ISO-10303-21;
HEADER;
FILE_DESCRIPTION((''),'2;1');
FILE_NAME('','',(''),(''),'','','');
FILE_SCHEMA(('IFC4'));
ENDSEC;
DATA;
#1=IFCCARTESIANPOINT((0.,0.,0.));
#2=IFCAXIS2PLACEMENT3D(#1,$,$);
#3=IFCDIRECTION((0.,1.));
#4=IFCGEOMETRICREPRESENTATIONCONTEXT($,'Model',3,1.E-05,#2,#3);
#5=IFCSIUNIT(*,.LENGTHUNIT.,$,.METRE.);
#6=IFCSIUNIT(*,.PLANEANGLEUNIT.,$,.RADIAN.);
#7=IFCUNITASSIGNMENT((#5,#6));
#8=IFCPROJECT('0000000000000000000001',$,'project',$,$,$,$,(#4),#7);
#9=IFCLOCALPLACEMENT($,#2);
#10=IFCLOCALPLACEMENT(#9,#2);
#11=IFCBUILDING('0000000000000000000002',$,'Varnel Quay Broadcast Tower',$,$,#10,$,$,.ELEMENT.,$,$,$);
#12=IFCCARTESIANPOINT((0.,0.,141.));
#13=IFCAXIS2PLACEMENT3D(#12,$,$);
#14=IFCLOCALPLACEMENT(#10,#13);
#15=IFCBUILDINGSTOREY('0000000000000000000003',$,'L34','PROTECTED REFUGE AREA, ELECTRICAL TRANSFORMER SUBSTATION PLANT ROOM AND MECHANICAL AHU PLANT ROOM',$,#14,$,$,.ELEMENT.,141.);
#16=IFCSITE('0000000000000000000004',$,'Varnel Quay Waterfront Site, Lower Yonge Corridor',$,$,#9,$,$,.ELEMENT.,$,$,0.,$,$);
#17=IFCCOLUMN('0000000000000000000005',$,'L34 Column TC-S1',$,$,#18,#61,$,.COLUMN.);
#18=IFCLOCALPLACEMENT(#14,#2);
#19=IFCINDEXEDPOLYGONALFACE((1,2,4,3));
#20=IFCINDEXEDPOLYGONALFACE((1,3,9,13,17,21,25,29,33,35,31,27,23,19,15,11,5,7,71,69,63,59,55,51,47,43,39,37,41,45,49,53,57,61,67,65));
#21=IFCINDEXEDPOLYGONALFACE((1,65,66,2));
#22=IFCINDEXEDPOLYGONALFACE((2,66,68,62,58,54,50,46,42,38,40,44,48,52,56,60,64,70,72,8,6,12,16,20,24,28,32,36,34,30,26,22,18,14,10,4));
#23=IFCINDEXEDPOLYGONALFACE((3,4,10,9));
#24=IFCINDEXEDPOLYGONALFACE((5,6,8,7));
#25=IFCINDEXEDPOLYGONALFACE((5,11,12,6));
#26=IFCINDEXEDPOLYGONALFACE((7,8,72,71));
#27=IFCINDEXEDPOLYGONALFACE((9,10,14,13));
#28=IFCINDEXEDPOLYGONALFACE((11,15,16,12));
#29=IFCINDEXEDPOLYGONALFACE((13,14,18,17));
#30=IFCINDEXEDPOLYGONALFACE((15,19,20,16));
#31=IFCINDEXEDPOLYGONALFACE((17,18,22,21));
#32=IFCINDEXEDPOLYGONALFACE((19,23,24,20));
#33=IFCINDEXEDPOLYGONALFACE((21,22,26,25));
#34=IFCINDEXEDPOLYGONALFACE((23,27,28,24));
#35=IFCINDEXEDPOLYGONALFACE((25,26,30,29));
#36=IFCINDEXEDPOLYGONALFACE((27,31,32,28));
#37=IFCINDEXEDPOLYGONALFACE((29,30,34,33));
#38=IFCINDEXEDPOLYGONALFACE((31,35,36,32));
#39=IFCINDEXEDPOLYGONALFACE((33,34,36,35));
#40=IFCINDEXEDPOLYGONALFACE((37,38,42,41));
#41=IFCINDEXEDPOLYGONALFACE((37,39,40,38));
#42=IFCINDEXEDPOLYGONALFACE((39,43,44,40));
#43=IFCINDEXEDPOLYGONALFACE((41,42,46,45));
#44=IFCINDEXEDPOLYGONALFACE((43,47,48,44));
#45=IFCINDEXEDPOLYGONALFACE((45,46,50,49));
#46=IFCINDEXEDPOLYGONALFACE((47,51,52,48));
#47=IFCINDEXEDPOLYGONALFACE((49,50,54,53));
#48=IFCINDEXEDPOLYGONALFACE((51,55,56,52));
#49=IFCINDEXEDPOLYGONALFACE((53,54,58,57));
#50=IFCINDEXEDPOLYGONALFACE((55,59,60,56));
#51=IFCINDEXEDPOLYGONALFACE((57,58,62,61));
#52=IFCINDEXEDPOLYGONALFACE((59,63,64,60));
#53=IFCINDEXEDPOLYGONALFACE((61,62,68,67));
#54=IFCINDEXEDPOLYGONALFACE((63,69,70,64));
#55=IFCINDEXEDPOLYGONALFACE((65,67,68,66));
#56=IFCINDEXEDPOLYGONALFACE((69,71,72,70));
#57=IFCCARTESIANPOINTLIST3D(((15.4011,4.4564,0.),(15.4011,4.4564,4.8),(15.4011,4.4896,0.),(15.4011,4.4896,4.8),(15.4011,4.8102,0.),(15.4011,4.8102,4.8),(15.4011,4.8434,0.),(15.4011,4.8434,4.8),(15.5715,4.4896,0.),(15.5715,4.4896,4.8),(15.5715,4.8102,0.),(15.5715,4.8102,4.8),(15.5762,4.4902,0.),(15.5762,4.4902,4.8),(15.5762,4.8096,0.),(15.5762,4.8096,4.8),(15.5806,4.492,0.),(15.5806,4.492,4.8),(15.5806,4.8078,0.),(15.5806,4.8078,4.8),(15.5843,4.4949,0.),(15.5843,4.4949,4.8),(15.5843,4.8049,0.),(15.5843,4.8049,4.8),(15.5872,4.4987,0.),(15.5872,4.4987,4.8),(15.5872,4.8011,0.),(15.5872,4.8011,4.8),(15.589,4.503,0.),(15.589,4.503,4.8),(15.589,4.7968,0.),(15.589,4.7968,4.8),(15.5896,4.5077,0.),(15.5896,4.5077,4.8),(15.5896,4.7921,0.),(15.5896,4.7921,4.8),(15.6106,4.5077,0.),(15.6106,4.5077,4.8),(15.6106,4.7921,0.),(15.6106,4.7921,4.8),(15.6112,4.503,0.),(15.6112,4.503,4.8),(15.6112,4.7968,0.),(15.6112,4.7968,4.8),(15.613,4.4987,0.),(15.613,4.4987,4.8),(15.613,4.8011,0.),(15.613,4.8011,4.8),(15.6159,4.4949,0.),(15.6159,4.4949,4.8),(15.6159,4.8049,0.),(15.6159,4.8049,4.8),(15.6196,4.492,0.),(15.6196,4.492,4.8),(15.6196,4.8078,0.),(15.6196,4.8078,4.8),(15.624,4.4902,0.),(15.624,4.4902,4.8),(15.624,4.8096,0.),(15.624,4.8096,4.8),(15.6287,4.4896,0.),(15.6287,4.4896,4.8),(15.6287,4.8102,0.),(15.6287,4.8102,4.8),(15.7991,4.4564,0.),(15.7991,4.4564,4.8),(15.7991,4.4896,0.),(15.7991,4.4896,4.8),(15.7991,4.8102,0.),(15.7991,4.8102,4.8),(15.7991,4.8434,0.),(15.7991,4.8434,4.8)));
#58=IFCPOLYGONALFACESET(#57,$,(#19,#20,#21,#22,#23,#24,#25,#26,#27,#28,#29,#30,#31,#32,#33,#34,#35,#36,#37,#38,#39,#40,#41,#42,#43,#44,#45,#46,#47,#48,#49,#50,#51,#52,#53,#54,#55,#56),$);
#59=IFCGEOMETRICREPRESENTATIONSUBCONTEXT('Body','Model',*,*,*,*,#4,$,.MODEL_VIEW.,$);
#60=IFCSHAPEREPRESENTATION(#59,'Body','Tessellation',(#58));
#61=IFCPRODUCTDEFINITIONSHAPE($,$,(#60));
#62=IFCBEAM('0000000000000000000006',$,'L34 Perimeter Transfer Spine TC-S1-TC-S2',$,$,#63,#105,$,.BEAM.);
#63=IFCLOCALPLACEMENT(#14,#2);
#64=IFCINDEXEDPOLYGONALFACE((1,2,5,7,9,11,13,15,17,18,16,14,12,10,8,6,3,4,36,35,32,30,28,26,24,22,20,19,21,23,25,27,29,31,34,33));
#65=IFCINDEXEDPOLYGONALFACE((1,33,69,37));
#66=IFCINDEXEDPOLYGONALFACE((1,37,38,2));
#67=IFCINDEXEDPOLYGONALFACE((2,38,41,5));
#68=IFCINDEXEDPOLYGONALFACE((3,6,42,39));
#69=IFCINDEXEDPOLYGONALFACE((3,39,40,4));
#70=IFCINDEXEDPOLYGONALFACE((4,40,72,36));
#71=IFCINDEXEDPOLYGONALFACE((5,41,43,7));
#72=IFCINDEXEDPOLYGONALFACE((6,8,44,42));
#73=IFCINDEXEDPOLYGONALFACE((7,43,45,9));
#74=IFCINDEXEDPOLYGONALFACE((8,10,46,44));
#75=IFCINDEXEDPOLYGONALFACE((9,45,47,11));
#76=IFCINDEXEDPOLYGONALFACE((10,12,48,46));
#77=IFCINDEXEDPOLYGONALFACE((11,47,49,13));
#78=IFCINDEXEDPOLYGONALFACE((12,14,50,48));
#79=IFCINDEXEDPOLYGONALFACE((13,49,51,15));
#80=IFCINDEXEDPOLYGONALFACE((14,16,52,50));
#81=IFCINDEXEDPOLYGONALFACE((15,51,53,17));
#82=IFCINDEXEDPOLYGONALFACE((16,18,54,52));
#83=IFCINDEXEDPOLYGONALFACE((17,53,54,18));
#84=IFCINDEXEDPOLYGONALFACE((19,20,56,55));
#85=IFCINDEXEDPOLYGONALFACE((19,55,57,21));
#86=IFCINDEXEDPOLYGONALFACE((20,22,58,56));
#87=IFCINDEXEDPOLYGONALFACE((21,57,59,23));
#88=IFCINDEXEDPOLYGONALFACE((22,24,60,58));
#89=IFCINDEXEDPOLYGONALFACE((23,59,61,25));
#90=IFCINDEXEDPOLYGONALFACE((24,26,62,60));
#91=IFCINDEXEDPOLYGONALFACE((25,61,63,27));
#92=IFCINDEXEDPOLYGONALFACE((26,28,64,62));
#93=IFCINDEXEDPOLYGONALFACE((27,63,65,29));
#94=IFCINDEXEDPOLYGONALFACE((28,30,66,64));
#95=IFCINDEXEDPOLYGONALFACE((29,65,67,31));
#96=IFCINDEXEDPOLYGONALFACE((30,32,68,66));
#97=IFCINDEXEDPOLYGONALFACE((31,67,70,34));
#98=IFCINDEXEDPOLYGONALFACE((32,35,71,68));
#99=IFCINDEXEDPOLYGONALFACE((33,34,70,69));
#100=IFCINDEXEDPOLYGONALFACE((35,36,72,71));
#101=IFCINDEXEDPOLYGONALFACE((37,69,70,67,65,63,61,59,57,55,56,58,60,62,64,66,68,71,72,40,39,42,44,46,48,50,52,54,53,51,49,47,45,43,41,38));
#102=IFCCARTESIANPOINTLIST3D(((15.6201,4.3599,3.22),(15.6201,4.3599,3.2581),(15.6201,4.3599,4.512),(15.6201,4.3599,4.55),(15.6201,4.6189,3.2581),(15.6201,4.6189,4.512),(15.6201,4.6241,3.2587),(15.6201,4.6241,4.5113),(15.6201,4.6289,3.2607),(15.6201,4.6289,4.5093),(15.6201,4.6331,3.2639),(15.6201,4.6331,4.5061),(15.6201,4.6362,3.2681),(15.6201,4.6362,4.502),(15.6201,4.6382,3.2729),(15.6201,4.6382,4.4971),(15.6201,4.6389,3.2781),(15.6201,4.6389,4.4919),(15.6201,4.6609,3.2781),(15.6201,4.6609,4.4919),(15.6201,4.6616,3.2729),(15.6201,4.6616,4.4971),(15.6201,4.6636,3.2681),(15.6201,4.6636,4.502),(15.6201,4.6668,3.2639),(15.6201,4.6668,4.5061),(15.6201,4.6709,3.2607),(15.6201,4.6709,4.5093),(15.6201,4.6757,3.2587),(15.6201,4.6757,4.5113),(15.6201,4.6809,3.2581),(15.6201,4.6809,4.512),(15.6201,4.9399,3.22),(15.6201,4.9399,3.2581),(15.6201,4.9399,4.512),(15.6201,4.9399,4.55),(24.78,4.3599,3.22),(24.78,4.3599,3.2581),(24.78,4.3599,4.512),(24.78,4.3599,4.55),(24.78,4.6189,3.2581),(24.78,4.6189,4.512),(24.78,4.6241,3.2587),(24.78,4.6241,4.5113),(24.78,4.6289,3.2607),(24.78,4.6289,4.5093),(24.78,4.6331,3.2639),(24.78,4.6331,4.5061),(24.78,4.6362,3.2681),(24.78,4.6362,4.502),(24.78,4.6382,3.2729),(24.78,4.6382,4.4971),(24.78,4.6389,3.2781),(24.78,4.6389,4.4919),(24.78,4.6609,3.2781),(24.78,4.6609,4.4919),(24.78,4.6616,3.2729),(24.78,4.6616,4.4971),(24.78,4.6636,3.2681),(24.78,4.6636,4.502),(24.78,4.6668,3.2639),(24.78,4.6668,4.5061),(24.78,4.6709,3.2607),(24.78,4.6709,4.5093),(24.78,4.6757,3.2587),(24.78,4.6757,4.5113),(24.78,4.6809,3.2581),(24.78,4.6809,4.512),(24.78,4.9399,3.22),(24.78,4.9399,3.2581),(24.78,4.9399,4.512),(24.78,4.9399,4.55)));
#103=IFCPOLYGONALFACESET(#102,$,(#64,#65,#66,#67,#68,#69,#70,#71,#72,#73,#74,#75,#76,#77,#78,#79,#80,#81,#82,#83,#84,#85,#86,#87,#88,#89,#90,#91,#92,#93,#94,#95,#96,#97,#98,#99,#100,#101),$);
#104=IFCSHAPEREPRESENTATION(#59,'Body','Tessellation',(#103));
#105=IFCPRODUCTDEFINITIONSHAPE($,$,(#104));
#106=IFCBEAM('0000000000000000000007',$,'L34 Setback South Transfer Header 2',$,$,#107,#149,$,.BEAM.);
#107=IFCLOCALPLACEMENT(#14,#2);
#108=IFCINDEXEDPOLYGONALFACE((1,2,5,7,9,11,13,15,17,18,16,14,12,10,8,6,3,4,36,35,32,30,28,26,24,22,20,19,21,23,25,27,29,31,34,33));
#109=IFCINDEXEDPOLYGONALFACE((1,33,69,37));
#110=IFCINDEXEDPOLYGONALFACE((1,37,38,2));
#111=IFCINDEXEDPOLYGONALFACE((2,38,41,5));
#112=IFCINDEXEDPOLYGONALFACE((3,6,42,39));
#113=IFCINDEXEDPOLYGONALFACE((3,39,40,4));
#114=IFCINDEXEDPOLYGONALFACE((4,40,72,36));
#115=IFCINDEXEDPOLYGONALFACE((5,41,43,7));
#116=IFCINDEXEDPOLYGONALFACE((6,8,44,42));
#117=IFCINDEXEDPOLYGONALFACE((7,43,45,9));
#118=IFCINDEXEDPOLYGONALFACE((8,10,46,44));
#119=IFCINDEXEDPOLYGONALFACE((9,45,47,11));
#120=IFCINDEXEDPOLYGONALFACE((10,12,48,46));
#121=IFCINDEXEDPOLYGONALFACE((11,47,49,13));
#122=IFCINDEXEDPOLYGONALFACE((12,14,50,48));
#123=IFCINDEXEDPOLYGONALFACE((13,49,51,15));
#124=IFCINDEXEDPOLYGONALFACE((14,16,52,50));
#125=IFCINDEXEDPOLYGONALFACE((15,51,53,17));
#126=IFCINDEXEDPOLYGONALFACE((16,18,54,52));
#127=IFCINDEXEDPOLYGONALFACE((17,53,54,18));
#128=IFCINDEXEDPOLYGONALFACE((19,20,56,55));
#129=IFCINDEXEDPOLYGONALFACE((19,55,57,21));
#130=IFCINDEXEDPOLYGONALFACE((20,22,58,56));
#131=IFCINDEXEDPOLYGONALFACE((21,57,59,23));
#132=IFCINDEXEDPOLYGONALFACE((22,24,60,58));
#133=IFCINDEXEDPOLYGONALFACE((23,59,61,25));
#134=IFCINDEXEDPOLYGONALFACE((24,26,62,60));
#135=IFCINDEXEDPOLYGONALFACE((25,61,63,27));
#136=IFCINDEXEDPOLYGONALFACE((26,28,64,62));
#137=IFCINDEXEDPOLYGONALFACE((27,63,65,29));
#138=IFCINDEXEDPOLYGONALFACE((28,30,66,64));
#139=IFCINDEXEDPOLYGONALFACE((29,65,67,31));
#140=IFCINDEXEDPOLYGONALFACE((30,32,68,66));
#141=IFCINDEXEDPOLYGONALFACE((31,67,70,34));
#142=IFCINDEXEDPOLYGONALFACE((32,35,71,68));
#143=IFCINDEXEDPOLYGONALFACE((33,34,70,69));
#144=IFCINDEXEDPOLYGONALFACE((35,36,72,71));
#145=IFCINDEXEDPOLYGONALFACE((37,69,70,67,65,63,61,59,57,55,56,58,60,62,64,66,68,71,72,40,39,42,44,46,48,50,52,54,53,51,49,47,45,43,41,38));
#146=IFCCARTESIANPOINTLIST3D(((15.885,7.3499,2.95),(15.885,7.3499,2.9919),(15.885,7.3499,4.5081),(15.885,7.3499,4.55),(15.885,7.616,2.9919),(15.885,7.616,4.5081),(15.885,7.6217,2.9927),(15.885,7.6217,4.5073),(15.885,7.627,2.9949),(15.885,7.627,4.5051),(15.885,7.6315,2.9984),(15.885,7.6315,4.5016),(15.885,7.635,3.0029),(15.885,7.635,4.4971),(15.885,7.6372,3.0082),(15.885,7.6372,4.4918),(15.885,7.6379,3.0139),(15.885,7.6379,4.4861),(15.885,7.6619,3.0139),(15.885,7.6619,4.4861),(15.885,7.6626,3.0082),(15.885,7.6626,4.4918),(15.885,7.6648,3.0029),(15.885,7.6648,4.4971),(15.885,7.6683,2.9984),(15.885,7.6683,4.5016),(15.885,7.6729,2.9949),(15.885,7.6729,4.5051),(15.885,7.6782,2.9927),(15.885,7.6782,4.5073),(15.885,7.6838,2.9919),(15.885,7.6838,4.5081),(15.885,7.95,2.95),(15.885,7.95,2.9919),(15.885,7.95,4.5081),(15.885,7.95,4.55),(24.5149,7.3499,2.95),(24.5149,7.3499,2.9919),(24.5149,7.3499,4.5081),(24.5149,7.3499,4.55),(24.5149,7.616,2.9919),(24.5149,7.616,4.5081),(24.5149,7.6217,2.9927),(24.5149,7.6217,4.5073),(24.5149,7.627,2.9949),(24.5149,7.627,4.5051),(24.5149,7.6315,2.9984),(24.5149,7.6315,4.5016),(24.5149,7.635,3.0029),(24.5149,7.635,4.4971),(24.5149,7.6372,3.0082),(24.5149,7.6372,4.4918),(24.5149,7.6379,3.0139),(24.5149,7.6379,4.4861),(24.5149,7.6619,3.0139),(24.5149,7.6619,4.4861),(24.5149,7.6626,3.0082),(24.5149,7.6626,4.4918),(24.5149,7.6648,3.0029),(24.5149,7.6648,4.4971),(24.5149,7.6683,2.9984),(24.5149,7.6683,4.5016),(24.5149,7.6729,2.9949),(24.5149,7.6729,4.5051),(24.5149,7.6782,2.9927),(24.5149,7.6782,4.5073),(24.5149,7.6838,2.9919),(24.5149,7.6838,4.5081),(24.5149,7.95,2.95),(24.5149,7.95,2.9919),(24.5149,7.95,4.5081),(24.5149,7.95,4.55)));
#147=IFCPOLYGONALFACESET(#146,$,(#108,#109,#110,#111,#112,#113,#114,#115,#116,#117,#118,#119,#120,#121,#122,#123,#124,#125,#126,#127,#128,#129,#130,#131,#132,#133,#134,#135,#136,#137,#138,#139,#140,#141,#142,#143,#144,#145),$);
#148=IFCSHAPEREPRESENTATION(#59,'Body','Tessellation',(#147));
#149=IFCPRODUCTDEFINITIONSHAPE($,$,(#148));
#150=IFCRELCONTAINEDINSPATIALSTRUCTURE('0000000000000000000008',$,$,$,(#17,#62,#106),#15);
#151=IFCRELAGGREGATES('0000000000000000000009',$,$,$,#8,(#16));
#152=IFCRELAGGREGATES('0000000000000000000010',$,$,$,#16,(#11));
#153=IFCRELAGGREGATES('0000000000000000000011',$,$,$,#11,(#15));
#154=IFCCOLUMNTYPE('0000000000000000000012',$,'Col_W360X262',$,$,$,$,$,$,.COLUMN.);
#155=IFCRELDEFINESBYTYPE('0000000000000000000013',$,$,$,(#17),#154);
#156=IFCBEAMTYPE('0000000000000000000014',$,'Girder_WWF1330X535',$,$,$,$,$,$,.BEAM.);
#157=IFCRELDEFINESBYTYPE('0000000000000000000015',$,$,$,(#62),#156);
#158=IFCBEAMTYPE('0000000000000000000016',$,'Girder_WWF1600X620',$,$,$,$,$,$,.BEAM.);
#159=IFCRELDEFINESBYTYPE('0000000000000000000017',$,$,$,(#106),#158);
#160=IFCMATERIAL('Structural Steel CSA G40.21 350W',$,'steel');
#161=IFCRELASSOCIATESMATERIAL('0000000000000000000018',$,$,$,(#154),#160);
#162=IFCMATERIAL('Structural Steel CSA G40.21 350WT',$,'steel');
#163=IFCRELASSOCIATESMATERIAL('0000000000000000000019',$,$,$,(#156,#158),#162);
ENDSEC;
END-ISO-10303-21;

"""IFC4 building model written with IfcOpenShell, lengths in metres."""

from ifc_helpers import new_model, si_unit, direction, frame, origin, origin_2d, place, context, subcontext, project, spatial, i_section, extrude, source, transform, mapped, material, material_profile, profile_set, type_object, type_shapes, element, save


model = new_model("IFC4")

# Units and contexts
model_context = context("Model", 3, precision=1e-05, world=origin(), true_north=direction((0.0, 1.0)))
body_context = subcontext(model_context, "Body", "Model", "MODEL_VIEW")
ifc_project = project(units=[si_unit("LENGTHUNIT", "METRE"), si_unit("PLANEANGLEUNIT", "RADIAN")], contexts=[model_context])

# Site, building, storey
site_placement = place(None, origin())
site = spatial("IfcSite", under=ifc_project, at=site_placement, Name="Varnel Quay Waterfront Site, Lower Yonge Corridor", CompositionType="ELEMENT", RefElevation=0.0)
building_placement = place(site_placement, origin())
building = spatial("IfcBuilding", under=site, at=building_placement, Name="Varnel Quay Broadcast Tower", CompositionType="ELEMENT")
storey_placement = place(building_placement, frame((0.0, 0.0, 141.0)))
storey = spatial("IfcBuildingStorey", under=building, at=storey_placement, Name="L34", Description="PROTECTED REFUGE AREA, ELECTRICAL TRANSFORMER SUBSTATION PLANT ROOM AND MECHANICAL AHU PLANT ROOM", CompositionType="ELEMENT", Elevation=141.0)

# Column
ifc_material_1 = material(Name="Structural Steel CSA G40.21 350W", Category="steel")
ifc_material_profile_1 = material_profile(ifc_material_1, i_section(OverallWidth=0.3979, OverallDepth=0.387, WebThickness=0.021, FlangeThickness=0.0332, FilletRadius=0.0181, at=origin_2d()), Name="W360X262")
ifc_profile_set_1 = profile_set([ifc_material_profile_1], Name="Structural Steel CSA G40.21 350W")
column_type = type_object("IfcColumnType", Name="Col_W360X262", PredefinedType="COLUMN", material=ifc_profile_set_1)
shared_shape_1 = source(origin(), body_context, "Body", "SweptSolid", [
    extrude(i_section(OverallWidth=0.3979, OverallDepth=0.387, WebThickness=0.021, FlangeThickness=0.0332, FilletRadius=0.0181, at=origin_2d()), origin(), (0.0, 0.0, 1.0), 4.8),
])
type_shapes(column_type, [shared_shape_1])
column_placement = place(storey_placement, frame((15.6001, 4.6499, 0.0), z_axis=(0.0, 0.0, 1.0), x_axis=(1.0, 0.0, 0.0)))
element("IfcColumn", 1, at=column_placement, inside=storey, type_object=column_type, Name="L34 Column TC-S1", PredefinedType="COLUMN", context=body_context, shape_type="MappedRepresentation", body=[
    mapped(shared_shape_1, transform((0.0, 0.0, 0.0), x_axis=(1.0, 0.0, 0.0), y_axis=(0.0, 1.0, 0.0), z_axis=(0.0, 0.0, 1.0), scale=1.0)),
])

# Beams
ifc_material_2 = material(Name="Structural Steel CSA G40.21 350WT", Category="steel")
ifc_material_profile_2 = material_profile(ifc_material_2, i_section(OverallWidth=0.5801, OverallDepth=1.3301, WebThickness=0.022, FlangeThickness=0.0381, FilletRadius=0.02, at=origin_2d()), Name="WWF1330X535")
ifc_profile_set_2 = profile_set([ifc_material_profile_2], Name="Structural Steel CSA G40.21 350WT")
beam_type_1 = type_object("IfcBeamType", Name="Girder_WWF1330X535", PredefinedType="BEAM", material=ifc_profile_set_2)
shared_shape_2 = source(origin(), body_context, "Body", "SweptSolid", [
    extrude(i_section(OverallWidth=0.5801, OverallDepth=1.3301, WebThickness=0.022, FlangeThickness=0.0381, FilletRadius=0.02, at=origin_2d()), origin(), (0.0, 0.0, 1.0), 9.1599),
])
beam_1_placement = place(storey_placement, frame((15.6201, 4.6499, 3.885), z_axis=(1.0, 0.0, 0.0), x_axis=(0.0, 1.0, 0.0)))
element("IfcBeam", 2, at=beam_1_placement, inside=storey, type_object=beam_type_1, Name="L34 Perimeter Transfer Spine TC-S1-TC-S2", PredefinedType="BEAM", context=body_context, shape_type="MappedRepresentation", body=[
    mapped(shared_shape_2, transform((0.0, 0.0, 0.0), x_axis=(1.0, 0.0, 0.0), y_axis=(0.0, 1.0, 0.0), z_axis=(0.0, 0.0, 1.0), scale=1.0)),
])
ifc_material_profile_3 = material_profile(ifc_material_2, i_section(OverallWidth=0.6001, OverallDepth=1.6001, WebThickness=0.0239, FlangeThickness=0.042, FilletRadius=0.022, at=origin_2d()), Name="WWF1600X620")
ifc_profile_set_3 = profile_set([ifc_material_profile_3], Name="Structural Steel CSA G40.21 350WT")
beam_type_2 = type_object("IfcBeamType", Name="Girder_WWF1600X620", PredefinedType="BEAM", material=ifc_profile_set_3)
shared_shape_3 = source(origin(), body_context, "Body", "SweptSolid", [
    extrude(i_section(OverallWidth=0.6001, OverallDepth=1.6001, WebThickness=0.0239, FlangeThickness=0.042, FilletRadius=0.022, at=origin_2d()), origin(), (0.0, 0.0, 1.0), 8.6299),
])
beam_2_placement = place(storey_placement, frame((15.885, 7.6499, 3.75), z_axis=(1.0, 0.0, 0.0), x_axis=(0.0, 1.0, 0.0)))
element("IfcBeam", 3, at=beam_2_placement, inside=storey, type_object=beam_type_2, Name="L34 Setback South Transfer Header 2", PredefinedType="BEAM", context=body_context, shape_type="MappedRepresentation", body=[
    mapped(shared_shape_3, transform((0.0, 0.0, 0.0), x_axis=(1.0, 0.0, 0.0), y_axis=(0.0, 1.0, 0.0), z_axis=(0.0, 0.0, 1.0), scale=1.0)),
])

save(model, "model.ifc")
